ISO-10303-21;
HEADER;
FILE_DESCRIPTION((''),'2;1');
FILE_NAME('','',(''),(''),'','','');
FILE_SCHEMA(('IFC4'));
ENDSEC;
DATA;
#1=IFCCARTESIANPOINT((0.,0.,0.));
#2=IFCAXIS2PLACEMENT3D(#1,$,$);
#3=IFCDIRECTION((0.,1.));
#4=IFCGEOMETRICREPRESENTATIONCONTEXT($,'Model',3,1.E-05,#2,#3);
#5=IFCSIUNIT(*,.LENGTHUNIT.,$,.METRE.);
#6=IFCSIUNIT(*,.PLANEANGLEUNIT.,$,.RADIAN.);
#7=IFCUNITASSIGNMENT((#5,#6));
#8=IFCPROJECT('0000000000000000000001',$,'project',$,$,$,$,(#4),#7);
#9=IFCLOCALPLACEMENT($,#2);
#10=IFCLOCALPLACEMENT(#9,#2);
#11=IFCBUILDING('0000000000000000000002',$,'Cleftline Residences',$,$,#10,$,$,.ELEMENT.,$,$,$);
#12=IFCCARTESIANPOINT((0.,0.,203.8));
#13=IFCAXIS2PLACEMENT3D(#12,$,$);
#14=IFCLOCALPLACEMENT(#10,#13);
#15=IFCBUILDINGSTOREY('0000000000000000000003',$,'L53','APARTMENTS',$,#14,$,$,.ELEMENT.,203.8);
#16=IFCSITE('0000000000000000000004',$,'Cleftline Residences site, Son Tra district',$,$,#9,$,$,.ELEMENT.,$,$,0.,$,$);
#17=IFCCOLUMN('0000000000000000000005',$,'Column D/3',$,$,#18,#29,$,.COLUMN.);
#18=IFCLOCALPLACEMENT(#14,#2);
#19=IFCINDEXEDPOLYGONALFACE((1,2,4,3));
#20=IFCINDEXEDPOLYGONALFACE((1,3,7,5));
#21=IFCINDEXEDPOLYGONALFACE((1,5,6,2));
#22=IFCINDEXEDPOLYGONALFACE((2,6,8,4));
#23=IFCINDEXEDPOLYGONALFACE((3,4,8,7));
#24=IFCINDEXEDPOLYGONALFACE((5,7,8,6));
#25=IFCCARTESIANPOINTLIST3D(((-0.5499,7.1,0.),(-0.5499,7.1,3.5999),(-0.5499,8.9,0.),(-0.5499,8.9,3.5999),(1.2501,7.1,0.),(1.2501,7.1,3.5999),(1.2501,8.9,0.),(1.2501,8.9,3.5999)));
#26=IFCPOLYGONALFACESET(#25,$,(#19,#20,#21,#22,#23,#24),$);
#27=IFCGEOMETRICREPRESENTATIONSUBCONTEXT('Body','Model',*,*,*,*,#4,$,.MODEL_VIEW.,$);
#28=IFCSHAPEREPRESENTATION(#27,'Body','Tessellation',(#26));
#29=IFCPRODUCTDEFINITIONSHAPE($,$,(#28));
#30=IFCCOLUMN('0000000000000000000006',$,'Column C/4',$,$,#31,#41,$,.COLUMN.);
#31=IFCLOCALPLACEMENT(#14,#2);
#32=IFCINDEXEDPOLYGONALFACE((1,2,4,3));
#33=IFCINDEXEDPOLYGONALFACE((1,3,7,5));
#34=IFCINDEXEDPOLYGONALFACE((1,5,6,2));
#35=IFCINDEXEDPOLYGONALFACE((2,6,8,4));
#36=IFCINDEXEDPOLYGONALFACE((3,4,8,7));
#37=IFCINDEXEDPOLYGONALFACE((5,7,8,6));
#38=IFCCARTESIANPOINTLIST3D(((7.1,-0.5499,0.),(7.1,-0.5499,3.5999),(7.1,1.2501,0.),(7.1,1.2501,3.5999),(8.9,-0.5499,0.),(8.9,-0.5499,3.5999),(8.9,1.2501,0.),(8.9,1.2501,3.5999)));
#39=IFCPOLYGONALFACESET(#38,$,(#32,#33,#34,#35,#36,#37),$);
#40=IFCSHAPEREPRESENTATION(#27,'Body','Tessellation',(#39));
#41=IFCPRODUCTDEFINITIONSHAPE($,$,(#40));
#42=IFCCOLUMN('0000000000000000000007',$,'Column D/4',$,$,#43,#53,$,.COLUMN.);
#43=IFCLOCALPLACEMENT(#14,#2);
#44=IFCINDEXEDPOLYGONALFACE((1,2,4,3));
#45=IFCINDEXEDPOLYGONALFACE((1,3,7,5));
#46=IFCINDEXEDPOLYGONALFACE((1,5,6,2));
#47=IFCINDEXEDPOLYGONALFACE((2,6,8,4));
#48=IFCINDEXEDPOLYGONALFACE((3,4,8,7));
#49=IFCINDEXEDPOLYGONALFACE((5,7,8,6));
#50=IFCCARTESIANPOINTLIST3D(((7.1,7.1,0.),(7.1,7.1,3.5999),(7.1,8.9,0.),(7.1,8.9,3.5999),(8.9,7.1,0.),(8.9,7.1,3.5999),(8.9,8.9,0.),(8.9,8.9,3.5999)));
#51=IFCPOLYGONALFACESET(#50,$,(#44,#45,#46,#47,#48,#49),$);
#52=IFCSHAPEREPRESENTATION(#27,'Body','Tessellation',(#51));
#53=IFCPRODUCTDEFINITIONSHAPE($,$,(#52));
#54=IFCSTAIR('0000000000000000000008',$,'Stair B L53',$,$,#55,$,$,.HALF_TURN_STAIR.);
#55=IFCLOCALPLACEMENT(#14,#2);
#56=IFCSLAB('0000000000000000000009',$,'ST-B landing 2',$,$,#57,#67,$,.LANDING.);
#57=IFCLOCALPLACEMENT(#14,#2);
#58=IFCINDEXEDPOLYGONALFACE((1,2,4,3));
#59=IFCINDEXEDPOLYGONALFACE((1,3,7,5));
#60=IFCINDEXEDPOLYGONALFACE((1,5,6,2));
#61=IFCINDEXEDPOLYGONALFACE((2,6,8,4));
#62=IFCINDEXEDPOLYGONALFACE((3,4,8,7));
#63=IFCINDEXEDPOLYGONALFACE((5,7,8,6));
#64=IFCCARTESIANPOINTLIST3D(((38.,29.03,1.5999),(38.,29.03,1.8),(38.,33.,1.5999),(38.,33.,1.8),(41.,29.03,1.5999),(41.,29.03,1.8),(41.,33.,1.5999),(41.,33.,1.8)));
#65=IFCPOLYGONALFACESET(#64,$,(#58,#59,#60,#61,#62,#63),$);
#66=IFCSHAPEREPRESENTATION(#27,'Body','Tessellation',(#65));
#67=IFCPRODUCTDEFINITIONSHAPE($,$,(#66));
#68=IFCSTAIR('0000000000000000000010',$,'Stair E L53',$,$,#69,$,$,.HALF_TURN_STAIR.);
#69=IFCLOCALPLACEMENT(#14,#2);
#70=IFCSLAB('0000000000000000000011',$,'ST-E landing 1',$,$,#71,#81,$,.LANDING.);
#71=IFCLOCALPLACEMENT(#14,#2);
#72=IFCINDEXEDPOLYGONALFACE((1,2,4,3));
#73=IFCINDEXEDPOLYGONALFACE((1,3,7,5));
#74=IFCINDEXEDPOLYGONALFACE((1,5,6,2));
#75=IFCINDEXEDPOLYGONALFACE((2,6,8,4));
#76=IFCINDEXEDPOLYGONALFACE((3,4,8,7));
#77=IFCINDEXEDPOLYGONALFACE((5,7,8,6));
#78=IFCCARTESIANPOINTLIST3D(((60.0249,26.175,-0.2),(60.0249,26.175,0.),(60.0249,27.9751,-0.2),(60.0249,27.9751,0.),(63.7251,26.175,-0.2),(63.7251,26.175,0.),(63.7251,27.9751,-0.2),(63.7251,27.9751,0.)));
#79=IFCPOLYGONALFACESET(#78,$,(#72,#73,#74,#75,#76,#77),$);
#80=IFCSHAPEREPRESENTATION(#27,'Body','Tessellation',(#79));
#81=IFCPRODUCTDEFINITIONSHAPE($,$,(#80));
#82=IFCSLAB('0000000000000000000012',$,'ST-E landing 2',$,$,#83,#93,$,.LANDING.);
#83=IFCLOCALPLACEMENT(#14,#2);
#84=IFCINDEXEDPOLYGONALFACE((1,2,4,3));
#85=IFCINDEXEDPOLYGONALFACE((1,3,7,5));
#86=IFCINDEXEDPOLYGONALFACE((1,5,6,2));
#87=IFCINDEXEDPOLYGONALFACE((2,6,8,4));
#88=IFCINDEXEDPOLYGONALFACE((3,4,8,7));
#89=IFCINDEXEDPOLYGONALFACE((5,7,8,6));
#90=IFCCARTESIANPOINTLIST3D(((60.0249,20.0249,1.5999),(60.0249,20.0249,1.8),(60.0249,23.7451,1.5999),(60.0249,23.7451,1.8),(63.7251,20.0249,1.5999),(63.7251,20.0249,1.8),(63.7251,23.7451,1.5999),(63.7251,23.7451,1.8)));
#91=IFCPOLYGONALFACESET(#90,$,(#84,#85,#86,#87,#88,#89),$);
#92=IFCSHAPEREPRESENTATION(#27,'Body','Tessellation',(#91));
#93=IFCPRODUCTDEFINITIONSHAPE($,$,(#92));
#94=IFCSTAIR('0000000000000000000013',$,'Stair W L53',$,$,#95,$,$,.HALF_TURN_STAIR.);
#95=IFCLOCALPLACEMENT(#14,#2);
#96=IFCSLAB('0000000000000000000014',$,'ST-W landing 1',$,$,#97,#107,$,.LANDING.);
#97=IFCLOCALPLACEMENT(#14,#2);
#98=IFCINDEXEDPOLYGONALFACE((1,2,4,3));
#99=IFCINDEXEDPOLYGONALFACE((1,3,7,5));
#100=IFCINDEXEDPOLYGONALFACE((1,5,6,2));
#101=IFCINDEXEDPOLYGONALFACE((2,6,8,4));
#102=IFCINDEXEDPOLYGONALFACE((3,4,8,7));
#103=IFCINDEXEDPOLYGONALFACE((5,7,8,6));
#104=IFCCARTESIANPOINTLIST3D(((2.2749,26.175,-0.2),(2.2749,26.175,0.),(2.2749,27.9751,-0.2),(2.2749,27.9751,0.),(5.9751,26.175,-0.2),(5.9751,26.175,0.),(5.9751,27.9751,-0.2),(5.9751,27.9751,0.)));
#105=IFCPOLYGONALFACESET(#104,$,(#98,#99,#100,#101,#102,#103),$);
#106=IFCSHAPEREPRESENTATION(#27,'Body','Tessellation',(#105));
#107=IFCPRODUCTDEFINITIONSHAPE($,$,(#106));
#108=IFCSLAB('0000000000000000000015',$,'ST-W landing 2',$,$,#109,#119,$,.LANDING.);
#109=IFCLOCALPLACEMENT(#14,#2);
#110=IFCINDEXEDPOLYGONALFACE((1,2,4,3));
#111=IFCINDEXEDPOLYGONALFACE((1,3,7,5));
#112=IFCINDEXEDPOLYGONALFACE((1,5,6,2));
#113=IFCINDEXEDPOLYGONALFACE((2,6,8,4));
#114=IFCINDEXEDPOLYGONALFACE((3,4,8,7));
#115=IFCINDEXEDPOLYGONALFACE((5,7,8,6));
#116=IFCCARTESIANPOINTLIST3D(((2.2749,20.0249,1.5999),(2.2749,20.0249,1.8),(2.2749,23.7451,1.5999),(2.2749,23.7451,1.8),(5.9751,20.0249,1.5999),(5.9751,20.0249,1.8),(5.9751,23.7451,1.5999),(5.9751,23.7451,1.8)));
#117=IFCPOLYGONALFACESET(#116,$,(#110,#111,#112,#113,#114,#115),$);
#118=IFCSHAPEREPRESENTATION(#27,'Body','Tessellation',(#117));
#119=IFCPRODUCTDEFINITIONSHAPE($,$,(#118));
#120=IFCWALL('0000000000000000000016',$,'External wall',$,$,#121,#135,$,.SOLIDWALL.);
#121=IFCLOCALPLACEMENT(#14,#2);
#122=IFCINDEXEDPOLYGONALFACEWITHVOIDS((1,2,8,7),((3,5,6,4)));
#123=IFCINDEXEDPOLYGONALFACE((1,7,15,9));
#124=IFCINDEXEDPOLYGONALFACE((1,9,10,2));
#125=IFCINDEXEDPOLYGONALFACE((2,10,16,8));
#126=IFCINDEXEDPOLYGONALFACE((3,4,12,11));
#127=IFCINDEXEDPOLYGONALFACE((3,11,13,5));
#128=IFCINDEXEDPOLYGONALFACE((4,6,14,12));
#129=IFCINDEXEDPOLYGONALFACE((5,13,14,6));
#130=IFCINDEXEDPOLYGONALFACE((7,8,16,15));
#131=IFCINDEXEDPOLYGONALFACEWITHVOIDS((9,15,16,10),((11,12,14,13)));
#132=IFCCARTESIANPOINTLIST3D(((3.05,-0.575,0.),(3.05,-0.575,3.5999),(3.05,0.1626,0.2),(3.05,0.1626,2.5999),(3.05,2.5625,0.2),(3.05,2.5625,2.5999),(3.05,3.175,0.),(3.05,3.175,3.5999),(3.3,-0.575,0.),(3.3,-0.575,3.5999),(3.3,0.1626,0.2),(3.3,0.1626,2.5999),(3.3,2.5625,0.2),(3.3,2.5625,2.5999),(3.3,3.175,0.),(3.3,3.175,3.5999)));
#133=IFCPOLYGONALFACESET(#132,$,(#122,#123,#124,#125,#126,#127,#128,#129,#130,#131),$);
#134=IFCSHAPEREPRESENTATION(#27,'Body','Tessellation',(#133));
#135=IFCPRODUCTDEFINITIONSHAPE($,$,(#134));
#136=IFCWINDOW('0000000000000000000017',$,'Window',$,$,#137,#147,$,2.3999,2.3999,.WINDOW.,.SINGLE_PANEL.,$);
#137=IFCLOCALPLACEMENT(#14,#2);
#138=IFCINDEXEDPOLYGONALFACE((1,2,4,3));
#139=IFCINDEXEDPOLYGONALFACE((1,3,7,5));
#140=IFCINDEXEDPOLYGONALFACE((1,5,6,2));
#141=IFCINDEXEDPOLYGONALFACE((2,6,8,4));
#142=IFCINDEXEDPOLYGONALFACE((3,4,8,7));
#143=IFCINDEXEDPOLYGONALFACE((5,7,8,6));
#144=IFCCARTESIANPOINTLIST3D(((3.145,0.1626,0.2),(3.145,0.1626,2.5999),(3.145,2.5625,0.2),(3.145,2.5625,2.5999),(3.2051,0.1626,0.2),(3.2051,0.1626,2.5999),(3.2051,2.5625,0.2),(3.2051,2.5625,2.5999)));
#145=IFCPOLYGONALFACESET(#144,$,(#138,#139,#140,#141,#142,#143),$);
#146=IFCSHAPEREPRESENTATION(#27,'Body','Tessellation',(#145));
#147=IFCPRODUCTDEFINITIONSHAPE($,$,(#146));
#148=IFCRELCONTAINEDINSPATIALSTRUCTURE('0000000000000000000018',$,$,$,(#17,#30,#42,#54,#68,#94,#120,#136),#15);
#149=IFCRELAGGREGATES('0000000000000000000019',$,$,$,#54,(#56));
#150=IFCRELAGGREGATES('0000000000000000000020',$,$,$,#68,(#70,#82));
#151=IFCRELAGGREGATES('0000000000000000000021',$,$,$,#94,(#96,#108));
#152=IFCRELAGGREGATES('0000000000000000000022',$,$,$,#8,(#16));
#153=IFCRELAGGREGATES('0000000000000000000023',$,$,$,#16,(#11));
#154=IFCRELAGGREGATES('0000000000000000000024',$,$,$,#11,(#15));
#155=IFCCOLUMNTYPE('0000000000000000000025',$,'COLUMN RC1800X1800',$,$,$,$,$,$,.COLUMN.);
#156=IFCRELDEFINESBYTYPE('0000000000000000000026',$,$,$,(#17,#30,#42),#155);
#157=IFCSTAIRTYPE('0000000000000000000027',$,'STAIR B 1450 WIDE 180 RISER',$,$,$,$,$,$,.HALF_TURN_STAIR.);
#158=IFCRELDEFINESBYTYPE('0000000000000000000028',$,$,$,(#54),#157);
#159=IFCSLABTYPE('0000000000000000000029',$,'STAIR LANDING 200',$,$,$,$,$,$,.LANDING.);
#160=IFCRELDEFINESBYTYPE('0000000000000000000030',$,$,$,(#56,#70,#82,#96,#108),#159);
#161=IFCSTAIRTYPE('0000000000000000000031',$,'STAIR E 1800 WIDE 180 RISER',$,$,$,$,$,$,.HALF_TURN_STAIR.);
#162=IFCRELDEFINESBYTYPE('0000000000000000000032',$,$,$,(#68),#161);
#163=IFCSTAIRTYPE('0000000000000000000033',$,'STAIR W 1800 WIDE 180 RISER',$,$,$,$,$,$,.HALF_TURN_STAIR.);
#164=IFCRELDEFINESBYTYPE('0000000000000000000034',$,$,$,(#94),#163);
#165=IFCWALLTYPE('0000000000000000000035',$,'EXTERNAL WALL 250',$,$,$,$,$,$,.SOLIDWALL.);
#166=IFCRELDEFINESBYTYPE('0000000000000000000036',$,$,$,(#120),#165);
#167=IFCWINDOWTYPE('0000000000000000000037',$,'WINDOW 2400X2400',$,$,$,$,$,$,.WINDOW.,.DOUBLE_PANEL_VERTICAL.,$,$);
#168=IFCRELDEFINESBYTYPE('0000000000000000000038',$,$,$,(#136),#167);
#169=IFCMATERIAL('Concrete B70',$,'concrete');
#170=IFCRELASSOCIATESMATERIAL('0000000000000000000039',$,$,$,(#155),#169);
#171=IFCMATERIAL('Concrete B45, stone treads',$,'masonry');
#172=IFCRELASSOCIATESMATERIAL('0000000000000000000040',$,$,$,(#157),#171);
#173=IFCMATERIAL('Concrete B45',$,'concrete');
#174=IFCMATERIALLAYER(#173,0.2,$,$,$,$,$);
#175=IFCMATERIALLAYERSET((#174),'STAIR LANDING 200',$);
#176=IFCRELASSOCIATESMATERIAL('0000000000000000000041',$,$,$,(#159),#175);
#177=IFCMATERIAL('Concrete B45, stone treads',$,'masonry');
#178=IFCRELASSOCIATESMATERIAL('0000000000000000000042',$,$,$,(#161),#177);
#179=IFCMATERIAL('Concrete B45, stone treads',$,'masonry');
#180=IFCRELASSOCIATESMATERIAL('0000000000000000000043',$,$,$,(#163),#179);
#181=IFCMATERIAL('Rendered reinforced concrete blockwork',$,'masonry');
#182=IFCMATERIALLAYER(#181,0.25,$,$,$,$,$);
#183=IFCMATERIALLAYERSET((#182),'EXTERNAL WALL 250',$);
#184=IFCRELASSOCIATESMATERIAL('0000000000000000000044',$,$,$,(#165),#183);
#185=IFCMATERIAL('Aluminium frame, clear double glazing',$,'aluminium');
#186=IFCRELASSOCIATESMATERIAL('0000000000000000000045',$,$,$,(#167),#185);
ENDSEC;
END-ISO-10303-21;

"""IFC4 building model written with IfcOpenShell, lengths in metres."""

from ifc_helpers import new_model, si_unit, direction, frame, frame_2d, origin, origin_2d, place, context, subcontext, project, spatial, polyline, rectangle, outline, extrude, material, layer, layer_set, material_profile, profile_set, type_object, element, fill, aggregate, save


model = new_model("IFC4")

# Units and contexts
model_context = context("Model", 3, precision=1e-05, world=origin(), true_north=direction((0.0, 1.0)))
body_context = subcontext(model_context, "Body", "Model", "MODEL_VIEW")
ifc_project = project(units=[si_unit("LENGTHUNIT", "METRE"), si_unit("PLANEANGLEUNIT", "RADIAN")], contexts=[model_context])

# Site, building, storey
site_placement = place(None, origin())
site = spatial("IfcSite", under=ifc_project, at=site_placement, Name="Cleftline Residences site, Son Tra district", CompositionType="ELEMENT", RefElevation=0.0)
building_placement = place(site_placement, origin())
building = spatial("IfcBuilding", under=site, at=building_placement, Name="Cleftline Residences", CompositionType="ELEMENT")
storey_placement = place(building_placement, frame((0.0, 0.0, 203.8)))
storey = spatial("IfcBuildingStorey", under=building, at=storey_placement, Name="L53", Description="APARTMENTS", CompositionType="ELEMENT", Elevation=203.8)

# Columns
ifc_material_1 = material(Name="Concrete B70", Category="concrete")
ifc_material_profile = material_profile(ifc_material_1, rectangle(XDim=1.8, YDim=1.8, at=origin_2d()))
ifc_profile_set = profile_set([ifc_material_profile], Name="Concrete B70")
column_type = type_object("IfcColumnType", Name="COLUMN RC1800X1800", PredefinedType="COLUMN", material=ifc_profile_set)
for number, where, z_axis, x_axis, name in (
    (1, (0.3501, 8.0, 0.0), (0.0, 0.0, 1.0), (1.0, 0.0, 0.0), "Column D/3"),
    (2, (8.0, 0.3501, 0.0), (0.0, 0.0, 1.0), (1.0, 0.0, 0.0), "Column C/4"),
    (3, (8.0, 8.0, 0.0), (0.0, 0.0, 1.0), (1.0, 0.0, 0.0), "Column D/4"),
):
    element("IfcColumn", number, at=place(storey_placement, frame(where, z_axis=z_axis, x_axis=x_axis)), inside=storey, type_object=column_type, Name=name, PredefinedType="COLUMN", context=body_context, shape_type="SweptSolid", body=[
        extrude(rectangle(XDim=1.8, YDim=1.8, at=origin_2d()), origin(), (0.0, 0.0, 1.0), 3.5999),
    ])

# Stair, slab
ifc_material_2 = material(Name="Concrete B45, stone treads", Category="masonry")
stair_type_1 = type_object("IfcStairType", Name="STAIR B 1450 WIDE 180 RISER", PredefinedType="HALF_TURN_STAIR", material=ifc_material_2)
stair_1_placement = place(storey_placement, origin())
stair_1 = element("IfcStair", 4, at=stair_1_placement, inside=storey, type_object=stair_type_1, Name="Stair B L53", PredefinedType="HALF_TURN_STAIR")
ifc_material_3 = material(Name="Concrete B45", Category="concrete")
ifc_layer_1 = layer(ifc_material_3, 0.2)
ifc_layer_set_1 = layer_set([ifc_layer_1], Name="STAIR LANDING 200")
slab_type = type_object("IfcSlabType", Name="STAIR LANDING 200", PredefinedType="LANDING", material=ifc_layer_set_1)
slab_1_placement = place(storey_placement, frame((0.0, 0.0, 1.5999)))
slab_1 = element("IfcSlab", 5, at=slab_1_placement, type_object=slab_type, Name="ST-B landing 2", PredefinedType="LANDING", context=body_context, shape_type="SweptSolid", body=[
    extrude(outline(polyline([(38.0, 29.03), (41.0, 29.03), (41.0, 33.0), (38.0, 33.0), (38.0, 29.03)])), origin(), (0.0, 0.0, 1.0), 0.2002),
])
aggregate(stair_1, [slab_1])

# Stairs, slabs
ifc_material_4 = material(Name="Concrete B45, stone treads", Category="masonry")
stair_type_2 = type_object("IfcStairType", Name="STAIR E 1800 WIDE 180 RISER", PredefinedType="HALF_TURN_STAIR", material=ifc_material_4)
stair_2_placement = place(storey_placement, origin())
stair_2 = element("IfcStair", 6, at=stair_2_placement, inside=storey, type_object=stair_type_2, Name="Stair E L53", PredefinedType="HALF_TURN_STAIR")
slab_2_placement = place(storey_placement, frame((0.0, 0.0, -0.2)))
slab_2 = element("IfcSlab", 7, at=slab_2_placement, type_object=slab_type, Name="ST-E landing 1", PredefinedType="LANDING", context=body_context, shape_type="SweptSolid", body=[
    extrude(outline(polyline([(60.0249, 26.175), (63.7251, 26.175), (63.7251, 27.9751), (60.0249, 27.9751), (60.0249, 26.175)])), origin(), (0.0, 0.0, 1.0), 0.2),
])
slab_3_placement = place(storey_placement, frame((0.0, 0.0, 1.5999)))
slab_3 = element("IfcSlab", 8, at=slab_3_placement, type_object=slab_type, Name="ST-E landing 2", PredefinedType="LANDING", context=body_context, shape_type="SweptSolid", body=[
    extrude(outline(polyline([(60.0249, 20.0249), (63.7251, 20.0249), (63.7251, 23.7451), (60.0249, 23.7451), (60.0249, 20.0249)])), origin(), (0.0, 0.0, 1.0), 0.2002),
])
aggregate(stair_2, [slab_2, slab_3])
ifc_material_5 = material(Name="Concrete B45, stone treads", Category="masonry")
stair_type_3 = type_object("IfcStairType", Name="STAIR W 1800 WIDE 180 RISER", PredefinedType="HALF_TURN_STAIR", material=ifc_material_5)
stair_3_placement = place(storey_placement, origin())
stair_3 = element("IfcStair", 9, at=stair_3_placement, inside=storey, type_object=stair_type_3, Name="Stair W L53", PredefinedType="HALF_TURN_STAIR")
slab_4_placement = place(storey_placement, frame((0.0, 0.0, -0.2)))
slab_4 = element("IfcSlab", 10, at=slab_4_placement, type_object=slab_type, Name="ST-W landing 1", PredefinedType="LANDING", context=body_context, shape_type="SweptSolid", body=[
    extrude(outline(polyline([(2.2749, 26.175), (5.9751, 26.175), (5.9751, 27.9751), (2.2749, 27.9751), (2.2749, 26.175)])), origin(), (0.0, 0.0, 1.0), 0.2),
])
slab_5_placement = place(storey_placement, frame((0.0, 0.0, 1.5999)))
slab_5 = element("IfcSlab", 11, at=slab_5_placement, type_object=slab_type, Name="ST-W landing 2", PredefinedType="LANDING", context=body_context, shape_type="SweptSolid", body=[
    extrude(outline(polyline([(2.2749, 20.0249), (5.9751, 20.0249), (5.9751, 23.7451), (2.2749, 23.7451), (2.2749, 20.0249)])), origin(), (0.0, 0.0, 1.0), 0.2002),
])
aggregate(stair_3, [slab_4, slab_5])

# Wall, opening, window
ifc_material_6 = material(Name="Rendered reinforced concrete blockwork", Category="masonry")
ifc_layer_2 = layer(ifc_material_6, 0.25)
ifc_layer_set_2 = layer_set([ifc_layer_2], Name="EXTERNAL WALL 250")
wall_type_1 = type_object("IfcWallType", Name="EXTERNAL WALL 250", PredefinedType="SOLIDWALL", material=ifc_layer_set_2)
wall_1_placement = place(storey_placement, frame((3.175, 3.175, 0.0), z_axis=(0.0, 0.0, 1.0), x_axis=(0.0, -1.0, 0.0)))
wall_1 = element("IfcWall", 12, at=wall_1_placement, inside=storey, type_object=wall_type_1, Name="External wall", PredefinedType="SOLIDWALL", context=body_context, shape_type="SweptSolid", body=[
    extrude(rectangle(XDim=3.75, YDim=0.25, at=frame_2d((1.875, 0.0))), origin(), (0.0, 0.0, 1.0), 3.5999),
])
opening_1_placement = place(wall_1_placement, frame((0.6125, 0.0, 0.2)))
opening_1 = element("IfcOpeningElement", 13, at=opening_1_placement, cuts=wall_1, PredefinedType="OPENING", context=body_context, shape_type="SweptSolid", body=[
    extrude(rectangle(XDim=2.3999, YDim=2.3999, at=frame_2d((1.2, 1.2))), frame((0.0, 0.135, 0.0), z_axis=(0.0, -1.0, 0.0), x_axis=(1.0, 0.0, 0.0)), (0.0, 0.0, 1.0), 0.27),
])
ifc_material_7 = material(Name="Aluminium frame, clear double glazing", Category="aluminium")
window_type_1 = type_object("IfcWindowType", Name="WINDOW 2400X2400", PartitioningType="DOUBLE_PANEL_VERTICAL", PredefinedType="WINDOW", material=ifc_material_7)
window_1_placement = place(opening_1_placement, origin())
window_1 = element("IfcWindow", 14, at=window_1_placement, inside=storey, type_object=window_type_1, Name="Window", OverallHeight=2.3999, OverallWidth=2.3999, PartitioningType="SINGLE_PANEL", PredefinedType="WINDOW", context=body_context, shape_type="SweptSolid", body=[
    extrude(rectangle(XDim=2.3999, YDim=2.3999, at=frame_2d((1.2, 1.2))), frame((0.0, 0.03, 0.0), z_axis=(0.0, -1.0, 0.0), x_axis=(1.0, 0.0, 0.0)), (0.0, 0.0, 1.0), 0.0601),
])
fill(opening_1, window_1)

save(model, "model.ifc")
